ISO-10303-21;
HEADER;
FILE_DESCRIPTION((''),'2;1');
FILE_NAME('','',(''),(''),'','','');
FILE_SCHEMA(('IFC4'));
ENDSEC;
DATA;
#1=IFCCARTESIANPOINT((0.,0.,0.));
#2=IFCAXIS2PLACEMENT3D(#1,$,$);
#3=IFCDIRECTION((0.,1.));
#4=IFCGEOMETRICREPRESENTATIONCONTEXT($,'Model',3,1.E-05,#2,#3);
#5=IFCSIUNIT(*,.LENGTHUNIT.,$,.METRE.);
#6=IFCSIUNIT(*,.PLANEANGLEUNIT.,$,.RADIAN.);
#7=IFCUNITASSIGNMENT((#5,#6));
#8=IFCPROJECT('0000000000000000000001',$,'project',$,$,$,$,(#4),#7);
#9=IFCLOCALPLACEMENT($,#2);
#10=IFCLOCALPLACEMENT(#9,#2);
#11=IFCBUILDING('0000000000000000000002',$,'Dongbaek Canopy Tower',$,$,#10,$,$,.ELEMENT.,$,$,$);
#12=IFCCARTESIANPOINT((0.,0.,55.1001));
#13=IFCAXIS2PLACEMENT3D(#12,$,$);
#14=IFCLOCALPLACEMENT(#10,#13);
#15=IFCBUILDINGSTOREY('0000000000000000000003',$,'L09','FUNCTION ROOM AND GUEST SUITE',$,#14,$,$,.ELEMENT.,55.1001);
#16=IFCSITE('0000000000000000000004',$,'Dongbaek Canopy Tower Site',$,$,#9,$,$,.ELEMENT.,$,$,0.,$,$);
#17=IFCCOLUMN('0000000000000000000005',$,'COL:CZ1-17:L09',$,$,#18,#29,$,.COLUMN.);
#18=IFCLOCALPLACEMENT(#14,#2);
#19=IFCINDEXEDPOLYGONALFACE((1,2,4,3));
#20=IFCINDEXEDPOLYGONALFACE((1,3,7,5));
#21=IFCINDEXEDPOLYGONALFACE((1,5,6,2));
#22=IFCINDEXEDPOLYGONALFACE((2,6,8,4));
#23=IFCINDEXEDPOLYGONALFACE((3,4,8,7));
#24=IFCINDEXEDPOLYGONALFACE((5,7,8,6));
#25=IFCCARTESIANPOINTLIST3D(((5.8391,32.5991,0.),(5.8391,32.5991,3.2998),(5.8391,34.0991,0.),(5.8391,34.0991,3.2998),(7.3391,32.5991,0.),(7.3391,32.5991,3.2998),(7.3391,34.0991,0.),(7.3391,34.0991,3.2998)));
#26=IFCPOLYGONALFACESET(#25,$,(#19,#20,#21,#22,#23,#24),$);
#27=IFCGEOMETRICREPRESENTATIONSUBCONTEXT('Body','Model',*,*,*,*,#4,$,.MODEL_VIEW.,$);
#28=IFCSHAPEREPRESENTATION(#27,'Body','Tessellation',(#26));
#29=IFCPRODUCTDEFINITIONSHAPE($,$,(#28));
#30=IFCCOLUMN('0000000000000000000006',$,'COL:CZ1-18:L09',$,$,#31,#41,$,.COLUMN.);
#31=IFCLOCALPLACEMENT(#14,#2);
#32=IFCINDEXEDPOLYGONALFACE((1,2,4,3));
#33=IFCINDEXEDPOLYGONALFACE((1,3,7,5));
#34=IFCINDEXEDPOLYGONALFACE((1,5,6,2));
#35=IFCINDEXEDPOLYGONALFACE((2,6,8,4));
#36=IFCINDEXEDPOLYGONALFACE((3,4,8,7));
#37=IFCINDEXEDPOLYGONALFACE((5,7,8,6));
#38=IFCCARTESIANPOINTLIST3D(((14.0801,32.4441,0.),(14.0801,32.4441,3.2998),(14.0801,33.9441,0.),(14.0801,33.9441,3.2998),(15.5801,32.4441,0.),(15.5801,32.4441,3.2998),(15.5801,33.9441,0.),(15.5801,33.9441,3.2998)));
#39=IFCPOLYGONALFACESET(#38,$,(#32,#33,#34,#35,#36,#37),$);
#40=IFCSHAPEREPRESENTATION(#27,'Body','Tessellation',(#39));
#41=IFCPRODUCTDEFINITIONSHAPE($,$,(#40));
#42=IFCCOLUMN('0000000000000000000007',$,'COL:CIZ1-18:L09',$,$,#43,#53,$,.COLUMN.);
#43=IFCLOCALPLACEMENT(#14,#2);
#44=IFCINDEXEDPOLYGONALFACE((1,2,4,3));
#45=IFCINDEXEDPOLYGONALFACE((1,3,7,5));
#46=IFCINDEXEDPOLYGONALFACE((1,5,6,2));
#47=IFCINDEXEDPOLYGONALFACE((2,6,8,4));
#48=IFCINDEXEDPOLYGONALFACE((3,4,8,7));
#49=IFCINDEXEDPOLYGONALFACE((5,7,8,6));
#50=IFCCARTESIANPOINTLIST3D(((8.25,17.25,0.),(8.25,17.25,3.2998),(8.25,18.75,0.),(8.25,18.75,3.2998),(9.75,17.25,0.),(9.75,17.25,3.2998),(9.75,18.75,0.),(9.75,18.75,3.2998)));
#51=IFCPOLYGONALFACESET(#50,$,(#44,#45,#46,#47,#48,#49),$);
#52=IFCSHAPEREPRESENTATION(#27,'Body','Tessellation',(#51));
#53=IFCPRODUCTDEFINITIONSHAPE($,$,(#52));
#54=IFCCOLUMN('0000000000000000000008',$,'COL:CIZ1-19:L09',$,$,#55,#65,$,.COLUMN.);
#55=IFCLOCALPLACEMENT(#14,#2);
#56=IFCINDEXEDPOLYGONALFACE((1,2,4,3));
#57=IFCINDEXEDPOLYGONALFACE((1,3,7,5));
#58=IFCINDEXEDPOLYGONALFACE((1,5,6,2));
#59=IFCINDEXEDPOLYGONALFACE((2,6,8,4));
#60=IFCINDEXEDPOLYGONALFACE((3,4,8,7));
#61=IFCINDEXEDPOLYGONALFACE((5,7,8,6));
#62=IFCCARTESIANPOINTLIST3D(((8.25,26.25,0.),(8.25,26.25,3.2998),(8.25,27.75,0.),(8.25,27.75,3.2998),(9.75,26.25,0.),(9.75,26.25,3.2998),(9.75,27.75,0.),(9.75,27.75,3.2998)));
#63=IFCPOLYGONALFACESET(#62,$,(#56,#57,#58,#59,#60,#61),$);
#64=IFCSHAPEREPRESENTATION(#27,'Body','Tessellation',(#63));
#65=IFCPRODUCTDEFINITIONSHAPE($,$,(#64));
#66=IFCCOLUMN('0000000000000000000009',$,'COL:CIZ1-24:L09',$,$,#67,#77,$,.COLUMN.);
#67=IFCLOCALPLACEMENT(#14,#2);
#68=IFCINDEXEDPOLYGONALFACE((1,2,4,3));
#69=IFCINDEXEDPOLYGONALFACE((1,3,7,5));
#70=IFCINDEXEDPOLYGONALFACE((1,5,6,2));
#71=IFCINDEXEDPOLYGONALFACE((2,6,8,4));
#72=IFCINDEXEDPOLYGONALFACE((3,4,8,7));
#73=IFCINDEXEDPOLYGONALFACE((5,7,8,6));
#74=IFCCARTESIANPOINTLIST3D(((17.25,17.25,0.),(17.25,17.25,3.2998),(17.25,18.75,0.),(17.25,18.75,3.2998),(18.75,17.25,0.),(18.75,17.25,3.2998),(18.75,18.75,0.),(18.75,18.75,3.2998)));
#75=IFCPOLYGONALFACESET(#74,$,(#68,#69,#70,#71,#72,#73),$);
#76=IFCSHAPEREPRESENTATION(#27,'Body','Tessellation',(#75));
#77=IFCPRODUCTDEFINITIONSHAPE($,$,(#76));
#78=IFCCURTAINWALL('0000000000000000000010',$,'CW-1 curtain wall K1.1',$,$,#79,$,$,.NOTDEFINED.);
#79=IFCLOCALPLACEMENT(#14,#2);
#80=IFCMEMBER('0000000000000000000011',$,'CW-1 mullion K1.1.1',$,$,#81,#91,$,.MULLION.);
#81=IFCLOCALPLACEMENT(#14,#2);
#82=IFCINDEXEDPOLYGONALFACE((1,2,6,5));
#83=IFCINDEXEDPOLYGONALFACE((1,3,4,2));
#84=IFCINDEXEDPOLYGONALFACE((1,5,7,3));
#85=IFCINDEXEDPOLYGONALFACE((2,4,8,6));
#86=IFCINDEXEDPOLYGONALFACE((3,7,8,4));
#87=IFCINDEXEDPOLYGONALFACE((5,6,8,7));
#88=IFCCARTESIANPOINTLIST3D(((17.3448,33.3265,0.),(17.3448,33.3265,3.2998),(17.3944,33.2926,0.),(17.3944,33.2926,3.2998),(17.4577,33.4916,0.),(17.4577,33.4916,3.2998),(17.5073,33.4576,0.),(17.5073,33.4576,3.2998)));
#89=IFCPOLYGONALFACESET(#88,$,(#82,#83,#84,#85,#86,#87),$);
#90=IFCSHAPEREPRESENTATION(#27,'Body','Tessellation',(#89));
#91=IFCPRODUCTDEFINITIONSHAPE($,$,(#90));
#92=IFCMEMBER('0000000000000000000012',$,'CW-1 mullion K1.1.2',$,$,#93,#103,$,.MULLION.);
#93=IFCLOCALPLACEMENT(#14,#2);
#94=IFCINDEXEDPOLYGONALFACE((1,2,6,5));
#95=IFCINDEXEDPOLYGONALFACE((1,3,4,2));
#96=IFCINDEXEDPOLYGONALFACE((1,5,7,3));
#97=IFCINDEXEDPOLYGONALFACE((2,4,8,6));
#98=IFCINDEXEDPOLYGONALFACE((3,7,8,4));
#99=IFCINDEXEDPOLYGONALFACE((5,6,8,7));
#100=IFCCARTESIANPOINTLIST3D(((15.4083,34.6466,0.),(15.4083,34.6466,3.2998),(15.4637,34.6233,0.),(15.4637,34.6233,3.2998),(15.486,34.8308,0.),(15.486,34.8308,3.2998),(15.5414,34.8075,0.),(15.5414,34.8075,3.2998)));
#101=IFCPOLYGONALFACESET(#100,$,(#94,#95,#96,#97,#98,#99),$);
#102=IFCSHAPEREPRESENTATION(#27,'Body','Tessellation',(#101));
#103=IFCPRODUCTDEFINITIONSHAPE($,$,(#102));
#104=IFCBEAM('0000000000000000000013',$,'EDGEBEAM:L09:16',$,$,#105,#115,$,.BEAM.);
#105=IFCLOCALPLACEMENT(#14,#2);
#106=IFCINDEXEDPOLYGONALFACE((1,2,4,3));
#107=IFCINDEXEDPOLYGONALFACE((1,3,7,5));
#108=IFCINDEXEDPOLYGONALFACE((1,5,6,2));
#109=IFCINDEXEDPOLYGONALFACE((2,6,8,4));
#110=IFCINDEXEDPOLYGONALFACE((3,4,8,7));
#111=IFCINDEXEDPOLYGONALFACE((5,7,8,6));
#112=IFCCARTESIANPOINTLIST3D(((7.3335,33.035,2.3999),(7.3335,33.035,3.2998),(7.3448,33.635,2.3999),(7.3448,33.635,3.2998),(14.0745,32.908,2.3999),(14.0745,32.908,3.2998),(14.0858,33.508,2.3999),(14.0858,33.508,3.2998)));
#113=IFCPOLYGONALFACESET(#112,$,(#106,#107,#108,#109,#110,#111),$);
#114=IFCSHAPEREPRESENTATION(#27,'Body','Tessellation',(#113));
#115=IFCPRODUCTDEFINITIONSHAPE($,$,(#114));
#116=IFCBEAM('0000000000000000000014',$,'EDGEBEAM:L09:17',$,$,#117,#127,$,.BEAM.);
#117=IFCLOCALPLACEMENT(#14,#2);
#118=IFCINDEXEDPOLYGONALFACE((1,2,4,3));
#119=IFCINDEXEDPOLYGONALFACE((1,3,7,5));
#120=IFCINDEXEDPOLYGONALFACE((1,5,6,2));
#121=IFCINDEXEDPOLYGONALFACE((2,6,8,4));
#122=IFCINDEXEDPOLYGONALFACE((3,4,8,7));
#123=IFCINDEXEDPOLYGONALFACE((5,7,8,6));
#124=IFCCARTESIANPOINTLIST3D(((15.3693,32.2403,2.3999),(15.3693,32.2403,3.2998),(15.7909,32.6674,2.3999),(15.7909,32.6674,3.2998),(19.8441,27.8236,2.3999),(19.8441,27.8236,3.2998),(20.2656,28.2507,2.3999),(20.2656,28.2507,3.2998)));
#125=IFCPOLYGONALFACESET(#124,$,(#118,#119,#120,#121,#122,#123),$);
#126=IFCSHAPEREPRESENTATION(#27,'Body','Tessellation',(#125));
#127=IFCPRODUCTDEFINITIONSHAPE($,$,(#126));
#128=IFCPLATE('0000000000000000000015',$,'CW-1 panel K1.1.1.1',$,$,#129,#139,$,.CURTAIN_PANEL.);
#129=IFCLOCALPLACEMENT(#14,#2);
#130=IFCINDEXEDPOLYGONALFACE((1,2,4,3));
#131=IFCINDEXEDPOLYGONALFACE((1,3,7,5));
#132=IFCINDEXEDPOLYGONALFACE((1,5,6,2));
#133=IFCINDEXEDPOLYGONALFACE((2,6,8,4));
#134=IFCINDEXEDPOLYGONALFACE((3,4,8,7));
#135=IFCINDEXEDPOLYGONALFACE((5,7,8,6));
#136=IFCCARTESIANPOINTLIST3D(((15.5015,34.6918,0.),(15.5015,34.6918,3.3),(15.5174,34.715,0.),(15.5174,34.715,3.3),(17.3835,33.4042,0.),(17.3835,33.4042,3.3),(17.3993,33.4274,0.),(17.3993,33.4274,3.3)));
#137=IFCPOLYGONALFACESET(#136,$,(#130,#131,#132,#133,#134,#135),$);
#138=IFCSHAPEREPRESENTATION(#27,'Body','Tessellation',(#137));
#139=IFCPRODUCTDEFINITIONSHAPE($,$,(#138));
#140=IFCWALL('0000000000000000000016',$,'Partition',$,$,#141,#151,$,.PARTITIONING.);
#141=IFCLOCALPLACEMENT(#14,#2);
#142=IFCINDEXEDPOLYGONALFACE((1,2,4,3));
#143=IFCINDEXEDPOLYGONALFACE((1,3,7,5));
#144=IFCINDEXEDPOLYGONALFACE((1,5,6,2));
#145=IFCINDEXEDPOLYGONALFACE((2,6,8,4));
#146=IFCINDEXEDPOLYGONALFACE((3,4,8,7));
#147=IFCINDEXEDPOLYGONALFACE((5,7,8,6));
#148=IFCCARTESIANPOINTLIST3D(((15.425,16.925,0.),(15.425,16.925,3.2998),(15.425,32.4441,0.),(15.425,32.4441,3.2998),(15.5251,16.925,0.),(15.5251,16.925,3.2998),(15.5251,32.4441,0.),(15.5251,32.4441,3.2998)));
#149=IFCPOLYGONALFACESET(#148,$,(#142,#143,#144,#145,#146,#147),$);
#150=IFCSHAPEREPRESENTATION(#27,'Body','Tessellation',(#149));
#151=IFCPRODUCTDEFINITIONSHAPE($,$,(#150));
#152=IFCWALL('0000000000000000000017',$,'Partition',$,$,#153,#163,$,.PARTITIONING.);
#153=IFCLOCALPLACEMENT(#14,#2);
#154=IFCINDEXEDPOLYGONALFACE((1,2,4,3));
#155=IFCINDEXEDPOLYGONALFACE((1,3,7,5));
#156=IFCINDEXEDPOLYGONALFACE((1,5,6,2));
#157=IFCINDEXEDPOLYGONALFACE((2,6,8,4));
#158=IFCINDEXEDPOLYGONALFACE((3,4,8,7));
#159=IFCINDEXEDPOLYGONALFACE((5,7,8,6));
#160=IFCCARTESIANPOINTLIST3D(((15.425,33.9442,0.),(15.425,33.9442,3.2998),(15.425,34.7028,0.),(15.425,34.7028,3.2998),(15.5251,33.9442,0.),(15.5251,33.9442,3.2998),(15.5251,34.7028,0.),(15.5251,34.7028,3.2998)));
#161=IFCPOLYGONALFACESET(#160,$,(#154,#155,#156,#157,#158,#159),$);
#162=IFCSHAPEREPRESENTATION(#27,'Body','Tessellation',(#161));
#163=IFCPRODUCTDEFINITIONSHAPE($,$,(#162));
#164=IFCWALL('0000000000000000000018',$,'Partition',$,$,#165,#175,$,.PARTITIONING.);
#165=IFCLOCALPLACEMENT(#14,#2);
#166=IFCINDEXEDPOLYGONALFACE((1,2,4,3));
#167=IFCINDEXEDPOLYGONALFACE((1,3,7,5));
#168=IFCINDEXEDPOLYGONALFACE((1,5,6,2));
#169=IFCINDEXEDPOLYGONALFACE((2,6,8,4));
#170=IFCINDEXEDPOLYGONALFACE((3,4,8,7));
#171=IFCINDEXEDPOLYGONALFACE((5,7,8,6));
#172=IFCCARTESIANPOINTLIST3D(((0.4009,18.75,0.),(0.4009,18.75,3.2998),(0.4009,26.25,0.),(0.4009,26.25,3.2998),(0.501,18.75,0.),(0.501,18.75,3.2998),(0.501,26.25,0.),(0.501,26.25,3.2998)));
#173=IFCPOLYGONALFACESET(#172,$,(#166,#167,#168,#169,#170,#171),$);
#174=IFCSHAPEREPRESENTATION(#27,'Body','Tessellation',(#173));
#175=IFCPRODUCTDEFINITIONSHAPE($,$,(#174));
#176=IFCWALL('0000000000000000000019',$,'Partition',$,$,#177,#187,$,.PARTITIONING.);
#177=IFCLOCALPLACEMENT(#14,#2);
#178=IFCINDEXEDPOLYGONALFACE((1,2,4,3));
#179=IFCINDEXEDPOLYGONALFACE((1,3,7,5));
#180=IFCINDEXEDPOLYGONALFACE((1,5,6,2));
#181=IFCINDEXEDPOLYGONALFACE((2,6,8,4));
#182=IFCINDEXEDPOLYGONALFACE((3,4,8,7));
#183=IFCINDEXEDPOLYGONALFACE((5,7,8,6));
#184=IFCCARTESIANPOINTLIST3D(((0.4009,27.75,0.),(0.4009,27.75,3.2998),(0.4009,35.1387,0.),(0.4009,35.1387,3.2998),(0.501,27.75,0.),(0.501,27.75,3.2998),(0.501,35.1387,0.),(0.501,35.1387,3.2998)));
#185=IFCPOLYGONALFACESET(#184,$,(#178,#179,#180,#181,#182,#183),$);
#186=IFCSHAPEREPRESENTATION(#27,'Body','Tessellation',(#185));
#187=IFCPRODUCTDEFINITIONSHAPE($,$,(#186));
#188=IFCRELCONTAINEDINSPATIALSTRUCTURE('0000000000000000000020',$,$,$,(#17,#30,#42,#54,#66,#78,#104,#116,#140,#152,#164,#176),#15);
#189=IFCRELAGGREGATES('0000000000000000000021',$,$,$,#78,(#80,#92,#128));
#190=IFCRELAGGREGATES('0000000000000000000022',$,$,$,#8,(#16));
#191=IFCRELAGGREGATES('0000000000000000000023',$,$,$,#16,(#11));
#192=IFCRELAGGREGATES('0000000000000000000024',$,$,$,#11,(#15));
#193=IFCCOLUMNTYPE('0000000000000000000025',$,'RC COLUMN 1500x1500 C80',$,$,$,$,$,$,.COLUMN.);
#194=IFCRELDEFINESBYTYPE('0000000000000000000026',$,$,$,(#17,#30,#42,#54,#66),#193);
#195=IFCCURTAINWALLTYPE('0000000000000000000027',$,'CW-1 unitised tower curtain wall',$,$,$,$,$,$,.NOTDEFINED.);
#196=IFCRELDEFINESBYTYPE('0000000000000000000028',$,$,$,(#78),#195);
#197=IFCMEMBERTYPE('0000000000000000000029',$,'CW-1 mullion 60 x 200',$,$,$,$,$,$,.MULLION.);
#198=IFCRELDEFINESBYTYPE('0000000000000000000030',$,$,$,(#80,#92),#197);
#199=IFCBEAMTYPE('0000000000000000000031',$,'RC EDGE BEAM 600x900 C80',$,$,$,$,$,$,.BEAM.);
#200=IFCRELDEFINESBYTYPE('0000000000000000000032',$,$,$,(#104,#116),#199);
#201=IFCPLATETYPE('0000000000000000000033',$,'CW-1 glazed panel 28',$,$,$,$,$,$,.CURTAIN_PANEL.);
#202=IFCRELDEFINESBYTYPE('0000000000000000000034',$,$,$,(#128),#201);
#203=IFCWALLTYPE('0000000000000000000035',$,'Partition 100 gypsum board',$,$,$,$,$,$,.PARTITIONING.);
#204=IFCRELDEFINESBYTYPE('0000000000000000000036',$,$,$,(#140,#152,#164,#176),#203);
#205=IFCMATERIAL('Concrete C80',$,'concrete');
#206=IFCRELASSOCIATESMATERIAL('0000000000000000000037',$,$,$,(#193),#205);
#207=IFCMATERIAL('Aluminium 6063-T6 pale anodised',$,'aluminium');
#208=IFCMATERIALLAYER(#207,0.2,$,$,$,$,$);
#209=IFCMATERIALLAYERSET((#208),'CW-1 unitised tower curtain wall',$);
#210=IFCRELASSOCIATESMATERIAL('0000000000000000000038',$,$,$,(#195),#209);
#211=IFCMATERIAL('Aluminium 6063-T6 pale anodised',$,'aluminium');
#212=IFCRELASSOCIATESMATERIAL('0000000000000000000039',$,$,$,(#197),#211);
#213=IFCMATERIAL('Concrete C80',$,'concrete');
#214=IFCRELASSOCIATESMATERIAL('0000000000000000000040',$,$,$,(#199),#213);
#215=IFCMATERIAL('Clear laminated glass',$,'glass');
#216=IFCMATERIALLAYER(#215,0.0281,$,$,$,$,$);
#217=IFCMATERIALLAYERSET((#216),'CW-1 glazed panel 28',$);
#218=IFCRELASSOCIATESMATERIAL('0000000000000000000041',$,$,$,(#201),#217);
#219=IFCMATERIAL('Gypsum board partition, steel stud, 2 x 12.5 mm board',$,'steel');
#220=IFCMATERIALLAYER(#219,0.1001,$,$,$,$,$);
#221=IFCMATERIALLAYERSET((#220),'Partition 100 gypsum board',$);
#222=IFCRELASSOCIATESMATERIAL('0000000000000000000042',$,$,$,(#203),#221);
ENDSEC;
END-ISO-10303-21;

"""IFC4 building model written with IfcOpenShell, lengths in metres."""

from ifc_helpers import new_model, si_unit, direction, frame, frame_2d, origin, origin_2d, place, context, subcontext, project, spatial, rectangle, extrude, material, layer, layer_set, material_profile, profile_set, type_object, element, aggregate, save


model = new_model("IFC4")

# Units and contexts
model_context = context("Model", 3, precision=1e-05, world=origin(), true_north=direction((0.0, 1.0)))
body_context = subcontext(model_context, "Body", "Model", "MODEL_VIEW")
ifc_project = project(units=[si_unit("LENGTHUNIT", "METRE"), si_unit("PLANEANGLEUNIT", "RADIAN")], contexts=[model_context])

# Site, building, storey
site_placement = place(None, origin())
site = spatial("IfcSite", under=ifc_project, at=site_placement, Name="Dongbaek Canopy Tower Site", CompositionType="ELEMENT", RefElevation=0.0)
building_placement = place(site_placement, origin())
building = spatial("IfcBuilding", under=site, at=building_placement, Name="Dongbaek Canopy Tower", CompositionType="ELEMENT")
storey_placement = place(building_placement, frame((0.0, 0.0, 55.1001)))
storey = spatial("IfcBuildingStorey", under=building, at=storey_placement, Name="L09", Description="FUNCTION ROOM AND GUEST SUITE", CompositionType="ELEMENT", Elevation=55.1001)

# Columns
ifc_material_1 = material(Name="Concrete C80", Category="concrete")
ifc_material_profile_1 = material_profile(ifc_material_1, rectangle(XDim=1.5, YDim=1.5, at=origin_2d()), Name="RC COLUMN 1500x1500 C80")
ifc_profile_set_1 = profile_set([ifc_material_profile_1], Name="Concrete C80")
column_type = type_object("IfcColumnType", Name="RC COLUMN 1500x1500 C80", PredefinedType="COLUMN", material=ifc_profile_set_1)
for number, where, z_axis, x_axis, name in (
    (1, (6.5891, 33.3491, 0.0), (0.0, 0.0, 1.0), (1.0, 0.0, 0.0), "COL:CZ1-17:L09"),
    (2, (14.8301, 33.1941, 0.0), (0.0, 0.0, 1.0), (1.0, 0.0, 0.0), "COL:CZ1-18:L09"),
    (3, (9.0, 18.0, 0.0), (0.0, 0.0, 1.0), (1.0, 0.0, 0.0), "COL:CIZ1-18:L09"),
    (4, (9.0, 27.0, 0.0), (0.0, 0.0, 1.0), (1.0, 0.0, 0.0), "COL:CIZ1-19:L09"),
    (5, (18.0, 18.0, 0.0), (0.0, 0.0, 1.0), (1.0, 0.0, 0.0), "COL:CIZ1-24:L09"),
):
    element("IfcColumn", number, at=place(storey_placement, frame(where, z_axis=z_axis, x_axis=x_axis)), inside=storey, type_object=column_type, Name=name, PredefinedType="COLUMN", context=body_context, shape_type="SweptSolid", body=[
        extrude(rectangle(XDim=1.5, YDim=1.5, at=origin_2d()), origin(), (0.0, 0.0, 1.0), 3.2998),
    ])

# Curtain wall, members
ifc_material_2 = material(Name="Aluminium 6063-T6 pale anodised", Category="aluminium")
ifc_layer_1 = layer(ifc_material_2, 0.2)
ifc_layer_set_1 = layer_set([ifc_layer_1], Name="CW-1 unitised tower curtain wall")
curtain_wall_type = type_object("IfcCurtainWallType", Name="CW-1 unitised tower curtain wall", PredefinedType="NOTDEFINED", material=ifc_layer_set_1)
curtain_wall_placement = place(storey_placement, origin())
curtain_wall = element("IfcCurtainWall", 6, at=curtain_wall_placement, inside=storey, type_object=curtain_wall_type, Name="CW-1 curtain wall K1.1", PredefinedType="NOTDEFINED")
ifc_material_3 = material(Name="Aluminium 6063-T6 pale anodised", Category="aluminium")
ifc_material_profile_2 = material_profile(ifc_material_3, rectangle(XDim=0.2, YDim=0.0601, at=origin_2d()), Name="CW-1 mullion 60 x 200")
ifc_profile_set_2 = profile_set([ifc_material_profile_2], Name="Aluminium 6063-T6 pale anodised")
member_type = type_object("IfcMemberType", Name="CW-1 mullion 60 x 200", PredefinedType="MULLION", material=ifc_profile_set_2)
member_1_placement = place(storey_placement, frame((17.426, 33.3921, 0.0), z_axis=(0.0, 0.0, 1.0), x_axis=(0.564668, 0.825318, 0.0)))
member_1 = element("IfcMember", 7, at=member_1_placement, type_object=member_type, Name="CW-1 mullion K1.1.1", PredefinedType="MULLION", context=body_context, shape_type="SweptSolid", body=[
    extrude(rectangle(XDim=0.2, YDim=0.0601, at=origin_2d()), origin(), (0.0, 0.0, 1.0), 3.2998),
])
member_2_placement = place(storey_placement, frame((15.4749, 34.7271, 0.0), z_axis=(0.0, 0.0, 1.0), x_axis=(0.388619, 0.921399, 0.0)))
member_2 = element("IfcMember", 8, at=member_2_placement, type_object=member_type, Name="CW-1 mullion K1.1.2", PredefinedType="MULLION", context=body_context, shape_type="SweptSolid", body=[
    extrude(rectangle(XDim=0.2, YDim=0.0601, at=origin_2d()), origin(), (0.0, 0.0, 1.0), 3.2998),
])

# Beams
ifc_material_4 = material(Name="Concrete C80", Category="concrete")
ifc_material_profile_3 = material_profile(ifc_material_4, rectangle(XDim=0.6001, YDim=0.8999, at=origin_2d()), Name="RC EDGE BEAM 600x900 C80")
ifc_profile_set_3 = profile_set([ifc_material_profile_3], Name="Concrete C80")
beam_type = type_object("IfcBeamType", Name="RC EDGE BEAM 600x900 C80", PredefinedType="BEAM", material=ifc_profile_set_3)
beam_1_placement = place(storey_placement, frame((7.3391, 33.335, 2.8499), z_axis=(0.999823, -0.01883, 0.0), x_axis=(0.01883, 0.999823, 0.0)))
element("IfcBeam", 9, at=beam_1_placement, inside=storey, type_object=beam_type, Name="EDGEBEAM:L09:16", PredefinedType="BEAM", context=body_context, shape_type="SweptSolid", body=[
    extrude(rectangle(XDim=0.6001, YDim=0.8999, at=origin_2d()), origin(), (0.0, 0.0, 1.0), 6.7422),
])
beam_2_placement = place(storey_placement, frame((15.5801, 32.4539, 2.8499), z_axis=(0.711712, -0.702471, 0.0), x_axis=(0.702471, 0.711712, 0.0)))
element("IfcBeam", 10, at=beam_2_placement, inside=storey, type_object=beam_type, Name="EDGEBEAM:L09:17", PredefinedType="BEAM", context=body_context, shape_type="SweptSolid", body=[
    extrude(rectangle(XDim=0.6001, YDim=0.8999, at=origin_2d()), origin(), (0.0, 0.0, 1.0), 6.2874),
])

# Plate
ifc_material_5 = material(Name="Clear laminated glass", Category="glass")
ifc_layer_2 = layer(ifc_material_5, 0.0281)
ifc_layer_set_2 = layer_set([ifc_layer_2], Name="CW-1 glazed panel 28")
plate_type = type_object("IfcPlateType", Name="CW-1 glazed panel 28", PredefinedType="CURTAIN_PANEL", material=ifc_layer_set_2)
plate_placement = place(storey_placement, frame((16.4504, 34.0596, 0.0), z_axis=(0.0, 0.0, 1.0), x_axis=(-0.825318, 0.564668, 0.0)))
plate = element("IfcPlate", 11, at=plate_placement, type_object=plate_type, Name="CW-1 panel K1.1.1.1", PredefinedType="CURTAIN_PANEL", context=body_context, shape_type="SweptSolid", body=[
    extrude(rectangle(XDim=2.2803, YDim=0.0281, at=origin_2d()), origin(), (0.0, 0.0, 1.0), 3.3),
])
aggregate(curtain_wall, [member_1, member_2, plate])

# Walls
ifc_material_6 = material(Name="Gypsum board partition, steel stud, 2 x 12.5 mm board", Category="steel")
ifc_layer_3 = layer(ifc_material_6, 0.1001)
ifc_layer_set_3 = layer_set([ifc_layer_3], Name="Partition 100 gypsum board")
wall_type = type_object("IfcWallType", Name="Partition 100 gypsum board", PredefinedType="PARTITIONING", material=ifc_layer_set_3)
wall_1_placement = place(storey_placement, frame((15.4751, 16.925, 0.0), z_axis=(0.0, 0.0, 1.0), x_axis=(0.0, 1.0, 0.0)))
element("IfcWall", 12, at=wall_1_placement, inside=storey, type_object=wall_type, Name="Partition", PredefinedType="PARTITIONING", context=body_context, shape_type="SweptSolid", body=[
    extrude(rectangle(XDim=15.519, YDim=0.1001, at=frame_2d((7.7595, 0.0))), origin(), (0.0, 0.0, 1.0), 3.2998),
])
wall_2_placement = place(storey_placement, frame((15.4751, 33.9441, 0.0), z_axis=(0.0, 0.0, 1.0), x_axis=(0.0, 1.0, 0.0)))
element("IfcWall", 13, at=wall_2_placement, inside=storey, type_object=wall_type, Name="Partition", PredefinedType="PARTITIONING", context=body_context, shape_type="SweptSolid", body=[
    extrude(rectangle(XDim=0.7585, YDim=0.1001, at=frame_2d((0.3794, 0.0))), origin(), (0.0, 0.0, 1.0), 3.2998),
])
wall_3_placement = place(storey_placement, frame((0.4509, 18.75, 0.0), z_axis=(0.0, 0.0, 1.0), x_axis=(0.0, 1.0, 0.0)))
element("IfcWall", 14, at=wall_3_placement, inside=storey, type_object=wall_type, Name="Partition", PredefinedType="PARTITIONING", context=body_context, shape_type="SweptSolid", body=[
    extrude(rectangle(XDim=7.5, YDim=0.1001, at=frame_2d((3.75, 0.0))), origin(), (0.0, 0.0, 1.0), 3.2998),
])
wall_4_placement = place(storey_placement, frame((0.4509, 27.75, 0.0), z_axis=(0.0, 0.0, 1.0), x_axis=(0.0, 1.0, 0.0)))
element("IfcWall", 15, at=wall_4_placement, inside=storey, type_object=wall_type, Name="Partition", PredefinedType="PARTITIONING", context=body_context, shape_type="SweptSolid", body=[
    extrude(rectangle(XDim=7.3887, YDim=0.1001, at=frame_2d((3.6943, 0.0))), origin(), (0.0, 0.0, 1.0), 3.2998),
])

save(model, "model.ifc")
